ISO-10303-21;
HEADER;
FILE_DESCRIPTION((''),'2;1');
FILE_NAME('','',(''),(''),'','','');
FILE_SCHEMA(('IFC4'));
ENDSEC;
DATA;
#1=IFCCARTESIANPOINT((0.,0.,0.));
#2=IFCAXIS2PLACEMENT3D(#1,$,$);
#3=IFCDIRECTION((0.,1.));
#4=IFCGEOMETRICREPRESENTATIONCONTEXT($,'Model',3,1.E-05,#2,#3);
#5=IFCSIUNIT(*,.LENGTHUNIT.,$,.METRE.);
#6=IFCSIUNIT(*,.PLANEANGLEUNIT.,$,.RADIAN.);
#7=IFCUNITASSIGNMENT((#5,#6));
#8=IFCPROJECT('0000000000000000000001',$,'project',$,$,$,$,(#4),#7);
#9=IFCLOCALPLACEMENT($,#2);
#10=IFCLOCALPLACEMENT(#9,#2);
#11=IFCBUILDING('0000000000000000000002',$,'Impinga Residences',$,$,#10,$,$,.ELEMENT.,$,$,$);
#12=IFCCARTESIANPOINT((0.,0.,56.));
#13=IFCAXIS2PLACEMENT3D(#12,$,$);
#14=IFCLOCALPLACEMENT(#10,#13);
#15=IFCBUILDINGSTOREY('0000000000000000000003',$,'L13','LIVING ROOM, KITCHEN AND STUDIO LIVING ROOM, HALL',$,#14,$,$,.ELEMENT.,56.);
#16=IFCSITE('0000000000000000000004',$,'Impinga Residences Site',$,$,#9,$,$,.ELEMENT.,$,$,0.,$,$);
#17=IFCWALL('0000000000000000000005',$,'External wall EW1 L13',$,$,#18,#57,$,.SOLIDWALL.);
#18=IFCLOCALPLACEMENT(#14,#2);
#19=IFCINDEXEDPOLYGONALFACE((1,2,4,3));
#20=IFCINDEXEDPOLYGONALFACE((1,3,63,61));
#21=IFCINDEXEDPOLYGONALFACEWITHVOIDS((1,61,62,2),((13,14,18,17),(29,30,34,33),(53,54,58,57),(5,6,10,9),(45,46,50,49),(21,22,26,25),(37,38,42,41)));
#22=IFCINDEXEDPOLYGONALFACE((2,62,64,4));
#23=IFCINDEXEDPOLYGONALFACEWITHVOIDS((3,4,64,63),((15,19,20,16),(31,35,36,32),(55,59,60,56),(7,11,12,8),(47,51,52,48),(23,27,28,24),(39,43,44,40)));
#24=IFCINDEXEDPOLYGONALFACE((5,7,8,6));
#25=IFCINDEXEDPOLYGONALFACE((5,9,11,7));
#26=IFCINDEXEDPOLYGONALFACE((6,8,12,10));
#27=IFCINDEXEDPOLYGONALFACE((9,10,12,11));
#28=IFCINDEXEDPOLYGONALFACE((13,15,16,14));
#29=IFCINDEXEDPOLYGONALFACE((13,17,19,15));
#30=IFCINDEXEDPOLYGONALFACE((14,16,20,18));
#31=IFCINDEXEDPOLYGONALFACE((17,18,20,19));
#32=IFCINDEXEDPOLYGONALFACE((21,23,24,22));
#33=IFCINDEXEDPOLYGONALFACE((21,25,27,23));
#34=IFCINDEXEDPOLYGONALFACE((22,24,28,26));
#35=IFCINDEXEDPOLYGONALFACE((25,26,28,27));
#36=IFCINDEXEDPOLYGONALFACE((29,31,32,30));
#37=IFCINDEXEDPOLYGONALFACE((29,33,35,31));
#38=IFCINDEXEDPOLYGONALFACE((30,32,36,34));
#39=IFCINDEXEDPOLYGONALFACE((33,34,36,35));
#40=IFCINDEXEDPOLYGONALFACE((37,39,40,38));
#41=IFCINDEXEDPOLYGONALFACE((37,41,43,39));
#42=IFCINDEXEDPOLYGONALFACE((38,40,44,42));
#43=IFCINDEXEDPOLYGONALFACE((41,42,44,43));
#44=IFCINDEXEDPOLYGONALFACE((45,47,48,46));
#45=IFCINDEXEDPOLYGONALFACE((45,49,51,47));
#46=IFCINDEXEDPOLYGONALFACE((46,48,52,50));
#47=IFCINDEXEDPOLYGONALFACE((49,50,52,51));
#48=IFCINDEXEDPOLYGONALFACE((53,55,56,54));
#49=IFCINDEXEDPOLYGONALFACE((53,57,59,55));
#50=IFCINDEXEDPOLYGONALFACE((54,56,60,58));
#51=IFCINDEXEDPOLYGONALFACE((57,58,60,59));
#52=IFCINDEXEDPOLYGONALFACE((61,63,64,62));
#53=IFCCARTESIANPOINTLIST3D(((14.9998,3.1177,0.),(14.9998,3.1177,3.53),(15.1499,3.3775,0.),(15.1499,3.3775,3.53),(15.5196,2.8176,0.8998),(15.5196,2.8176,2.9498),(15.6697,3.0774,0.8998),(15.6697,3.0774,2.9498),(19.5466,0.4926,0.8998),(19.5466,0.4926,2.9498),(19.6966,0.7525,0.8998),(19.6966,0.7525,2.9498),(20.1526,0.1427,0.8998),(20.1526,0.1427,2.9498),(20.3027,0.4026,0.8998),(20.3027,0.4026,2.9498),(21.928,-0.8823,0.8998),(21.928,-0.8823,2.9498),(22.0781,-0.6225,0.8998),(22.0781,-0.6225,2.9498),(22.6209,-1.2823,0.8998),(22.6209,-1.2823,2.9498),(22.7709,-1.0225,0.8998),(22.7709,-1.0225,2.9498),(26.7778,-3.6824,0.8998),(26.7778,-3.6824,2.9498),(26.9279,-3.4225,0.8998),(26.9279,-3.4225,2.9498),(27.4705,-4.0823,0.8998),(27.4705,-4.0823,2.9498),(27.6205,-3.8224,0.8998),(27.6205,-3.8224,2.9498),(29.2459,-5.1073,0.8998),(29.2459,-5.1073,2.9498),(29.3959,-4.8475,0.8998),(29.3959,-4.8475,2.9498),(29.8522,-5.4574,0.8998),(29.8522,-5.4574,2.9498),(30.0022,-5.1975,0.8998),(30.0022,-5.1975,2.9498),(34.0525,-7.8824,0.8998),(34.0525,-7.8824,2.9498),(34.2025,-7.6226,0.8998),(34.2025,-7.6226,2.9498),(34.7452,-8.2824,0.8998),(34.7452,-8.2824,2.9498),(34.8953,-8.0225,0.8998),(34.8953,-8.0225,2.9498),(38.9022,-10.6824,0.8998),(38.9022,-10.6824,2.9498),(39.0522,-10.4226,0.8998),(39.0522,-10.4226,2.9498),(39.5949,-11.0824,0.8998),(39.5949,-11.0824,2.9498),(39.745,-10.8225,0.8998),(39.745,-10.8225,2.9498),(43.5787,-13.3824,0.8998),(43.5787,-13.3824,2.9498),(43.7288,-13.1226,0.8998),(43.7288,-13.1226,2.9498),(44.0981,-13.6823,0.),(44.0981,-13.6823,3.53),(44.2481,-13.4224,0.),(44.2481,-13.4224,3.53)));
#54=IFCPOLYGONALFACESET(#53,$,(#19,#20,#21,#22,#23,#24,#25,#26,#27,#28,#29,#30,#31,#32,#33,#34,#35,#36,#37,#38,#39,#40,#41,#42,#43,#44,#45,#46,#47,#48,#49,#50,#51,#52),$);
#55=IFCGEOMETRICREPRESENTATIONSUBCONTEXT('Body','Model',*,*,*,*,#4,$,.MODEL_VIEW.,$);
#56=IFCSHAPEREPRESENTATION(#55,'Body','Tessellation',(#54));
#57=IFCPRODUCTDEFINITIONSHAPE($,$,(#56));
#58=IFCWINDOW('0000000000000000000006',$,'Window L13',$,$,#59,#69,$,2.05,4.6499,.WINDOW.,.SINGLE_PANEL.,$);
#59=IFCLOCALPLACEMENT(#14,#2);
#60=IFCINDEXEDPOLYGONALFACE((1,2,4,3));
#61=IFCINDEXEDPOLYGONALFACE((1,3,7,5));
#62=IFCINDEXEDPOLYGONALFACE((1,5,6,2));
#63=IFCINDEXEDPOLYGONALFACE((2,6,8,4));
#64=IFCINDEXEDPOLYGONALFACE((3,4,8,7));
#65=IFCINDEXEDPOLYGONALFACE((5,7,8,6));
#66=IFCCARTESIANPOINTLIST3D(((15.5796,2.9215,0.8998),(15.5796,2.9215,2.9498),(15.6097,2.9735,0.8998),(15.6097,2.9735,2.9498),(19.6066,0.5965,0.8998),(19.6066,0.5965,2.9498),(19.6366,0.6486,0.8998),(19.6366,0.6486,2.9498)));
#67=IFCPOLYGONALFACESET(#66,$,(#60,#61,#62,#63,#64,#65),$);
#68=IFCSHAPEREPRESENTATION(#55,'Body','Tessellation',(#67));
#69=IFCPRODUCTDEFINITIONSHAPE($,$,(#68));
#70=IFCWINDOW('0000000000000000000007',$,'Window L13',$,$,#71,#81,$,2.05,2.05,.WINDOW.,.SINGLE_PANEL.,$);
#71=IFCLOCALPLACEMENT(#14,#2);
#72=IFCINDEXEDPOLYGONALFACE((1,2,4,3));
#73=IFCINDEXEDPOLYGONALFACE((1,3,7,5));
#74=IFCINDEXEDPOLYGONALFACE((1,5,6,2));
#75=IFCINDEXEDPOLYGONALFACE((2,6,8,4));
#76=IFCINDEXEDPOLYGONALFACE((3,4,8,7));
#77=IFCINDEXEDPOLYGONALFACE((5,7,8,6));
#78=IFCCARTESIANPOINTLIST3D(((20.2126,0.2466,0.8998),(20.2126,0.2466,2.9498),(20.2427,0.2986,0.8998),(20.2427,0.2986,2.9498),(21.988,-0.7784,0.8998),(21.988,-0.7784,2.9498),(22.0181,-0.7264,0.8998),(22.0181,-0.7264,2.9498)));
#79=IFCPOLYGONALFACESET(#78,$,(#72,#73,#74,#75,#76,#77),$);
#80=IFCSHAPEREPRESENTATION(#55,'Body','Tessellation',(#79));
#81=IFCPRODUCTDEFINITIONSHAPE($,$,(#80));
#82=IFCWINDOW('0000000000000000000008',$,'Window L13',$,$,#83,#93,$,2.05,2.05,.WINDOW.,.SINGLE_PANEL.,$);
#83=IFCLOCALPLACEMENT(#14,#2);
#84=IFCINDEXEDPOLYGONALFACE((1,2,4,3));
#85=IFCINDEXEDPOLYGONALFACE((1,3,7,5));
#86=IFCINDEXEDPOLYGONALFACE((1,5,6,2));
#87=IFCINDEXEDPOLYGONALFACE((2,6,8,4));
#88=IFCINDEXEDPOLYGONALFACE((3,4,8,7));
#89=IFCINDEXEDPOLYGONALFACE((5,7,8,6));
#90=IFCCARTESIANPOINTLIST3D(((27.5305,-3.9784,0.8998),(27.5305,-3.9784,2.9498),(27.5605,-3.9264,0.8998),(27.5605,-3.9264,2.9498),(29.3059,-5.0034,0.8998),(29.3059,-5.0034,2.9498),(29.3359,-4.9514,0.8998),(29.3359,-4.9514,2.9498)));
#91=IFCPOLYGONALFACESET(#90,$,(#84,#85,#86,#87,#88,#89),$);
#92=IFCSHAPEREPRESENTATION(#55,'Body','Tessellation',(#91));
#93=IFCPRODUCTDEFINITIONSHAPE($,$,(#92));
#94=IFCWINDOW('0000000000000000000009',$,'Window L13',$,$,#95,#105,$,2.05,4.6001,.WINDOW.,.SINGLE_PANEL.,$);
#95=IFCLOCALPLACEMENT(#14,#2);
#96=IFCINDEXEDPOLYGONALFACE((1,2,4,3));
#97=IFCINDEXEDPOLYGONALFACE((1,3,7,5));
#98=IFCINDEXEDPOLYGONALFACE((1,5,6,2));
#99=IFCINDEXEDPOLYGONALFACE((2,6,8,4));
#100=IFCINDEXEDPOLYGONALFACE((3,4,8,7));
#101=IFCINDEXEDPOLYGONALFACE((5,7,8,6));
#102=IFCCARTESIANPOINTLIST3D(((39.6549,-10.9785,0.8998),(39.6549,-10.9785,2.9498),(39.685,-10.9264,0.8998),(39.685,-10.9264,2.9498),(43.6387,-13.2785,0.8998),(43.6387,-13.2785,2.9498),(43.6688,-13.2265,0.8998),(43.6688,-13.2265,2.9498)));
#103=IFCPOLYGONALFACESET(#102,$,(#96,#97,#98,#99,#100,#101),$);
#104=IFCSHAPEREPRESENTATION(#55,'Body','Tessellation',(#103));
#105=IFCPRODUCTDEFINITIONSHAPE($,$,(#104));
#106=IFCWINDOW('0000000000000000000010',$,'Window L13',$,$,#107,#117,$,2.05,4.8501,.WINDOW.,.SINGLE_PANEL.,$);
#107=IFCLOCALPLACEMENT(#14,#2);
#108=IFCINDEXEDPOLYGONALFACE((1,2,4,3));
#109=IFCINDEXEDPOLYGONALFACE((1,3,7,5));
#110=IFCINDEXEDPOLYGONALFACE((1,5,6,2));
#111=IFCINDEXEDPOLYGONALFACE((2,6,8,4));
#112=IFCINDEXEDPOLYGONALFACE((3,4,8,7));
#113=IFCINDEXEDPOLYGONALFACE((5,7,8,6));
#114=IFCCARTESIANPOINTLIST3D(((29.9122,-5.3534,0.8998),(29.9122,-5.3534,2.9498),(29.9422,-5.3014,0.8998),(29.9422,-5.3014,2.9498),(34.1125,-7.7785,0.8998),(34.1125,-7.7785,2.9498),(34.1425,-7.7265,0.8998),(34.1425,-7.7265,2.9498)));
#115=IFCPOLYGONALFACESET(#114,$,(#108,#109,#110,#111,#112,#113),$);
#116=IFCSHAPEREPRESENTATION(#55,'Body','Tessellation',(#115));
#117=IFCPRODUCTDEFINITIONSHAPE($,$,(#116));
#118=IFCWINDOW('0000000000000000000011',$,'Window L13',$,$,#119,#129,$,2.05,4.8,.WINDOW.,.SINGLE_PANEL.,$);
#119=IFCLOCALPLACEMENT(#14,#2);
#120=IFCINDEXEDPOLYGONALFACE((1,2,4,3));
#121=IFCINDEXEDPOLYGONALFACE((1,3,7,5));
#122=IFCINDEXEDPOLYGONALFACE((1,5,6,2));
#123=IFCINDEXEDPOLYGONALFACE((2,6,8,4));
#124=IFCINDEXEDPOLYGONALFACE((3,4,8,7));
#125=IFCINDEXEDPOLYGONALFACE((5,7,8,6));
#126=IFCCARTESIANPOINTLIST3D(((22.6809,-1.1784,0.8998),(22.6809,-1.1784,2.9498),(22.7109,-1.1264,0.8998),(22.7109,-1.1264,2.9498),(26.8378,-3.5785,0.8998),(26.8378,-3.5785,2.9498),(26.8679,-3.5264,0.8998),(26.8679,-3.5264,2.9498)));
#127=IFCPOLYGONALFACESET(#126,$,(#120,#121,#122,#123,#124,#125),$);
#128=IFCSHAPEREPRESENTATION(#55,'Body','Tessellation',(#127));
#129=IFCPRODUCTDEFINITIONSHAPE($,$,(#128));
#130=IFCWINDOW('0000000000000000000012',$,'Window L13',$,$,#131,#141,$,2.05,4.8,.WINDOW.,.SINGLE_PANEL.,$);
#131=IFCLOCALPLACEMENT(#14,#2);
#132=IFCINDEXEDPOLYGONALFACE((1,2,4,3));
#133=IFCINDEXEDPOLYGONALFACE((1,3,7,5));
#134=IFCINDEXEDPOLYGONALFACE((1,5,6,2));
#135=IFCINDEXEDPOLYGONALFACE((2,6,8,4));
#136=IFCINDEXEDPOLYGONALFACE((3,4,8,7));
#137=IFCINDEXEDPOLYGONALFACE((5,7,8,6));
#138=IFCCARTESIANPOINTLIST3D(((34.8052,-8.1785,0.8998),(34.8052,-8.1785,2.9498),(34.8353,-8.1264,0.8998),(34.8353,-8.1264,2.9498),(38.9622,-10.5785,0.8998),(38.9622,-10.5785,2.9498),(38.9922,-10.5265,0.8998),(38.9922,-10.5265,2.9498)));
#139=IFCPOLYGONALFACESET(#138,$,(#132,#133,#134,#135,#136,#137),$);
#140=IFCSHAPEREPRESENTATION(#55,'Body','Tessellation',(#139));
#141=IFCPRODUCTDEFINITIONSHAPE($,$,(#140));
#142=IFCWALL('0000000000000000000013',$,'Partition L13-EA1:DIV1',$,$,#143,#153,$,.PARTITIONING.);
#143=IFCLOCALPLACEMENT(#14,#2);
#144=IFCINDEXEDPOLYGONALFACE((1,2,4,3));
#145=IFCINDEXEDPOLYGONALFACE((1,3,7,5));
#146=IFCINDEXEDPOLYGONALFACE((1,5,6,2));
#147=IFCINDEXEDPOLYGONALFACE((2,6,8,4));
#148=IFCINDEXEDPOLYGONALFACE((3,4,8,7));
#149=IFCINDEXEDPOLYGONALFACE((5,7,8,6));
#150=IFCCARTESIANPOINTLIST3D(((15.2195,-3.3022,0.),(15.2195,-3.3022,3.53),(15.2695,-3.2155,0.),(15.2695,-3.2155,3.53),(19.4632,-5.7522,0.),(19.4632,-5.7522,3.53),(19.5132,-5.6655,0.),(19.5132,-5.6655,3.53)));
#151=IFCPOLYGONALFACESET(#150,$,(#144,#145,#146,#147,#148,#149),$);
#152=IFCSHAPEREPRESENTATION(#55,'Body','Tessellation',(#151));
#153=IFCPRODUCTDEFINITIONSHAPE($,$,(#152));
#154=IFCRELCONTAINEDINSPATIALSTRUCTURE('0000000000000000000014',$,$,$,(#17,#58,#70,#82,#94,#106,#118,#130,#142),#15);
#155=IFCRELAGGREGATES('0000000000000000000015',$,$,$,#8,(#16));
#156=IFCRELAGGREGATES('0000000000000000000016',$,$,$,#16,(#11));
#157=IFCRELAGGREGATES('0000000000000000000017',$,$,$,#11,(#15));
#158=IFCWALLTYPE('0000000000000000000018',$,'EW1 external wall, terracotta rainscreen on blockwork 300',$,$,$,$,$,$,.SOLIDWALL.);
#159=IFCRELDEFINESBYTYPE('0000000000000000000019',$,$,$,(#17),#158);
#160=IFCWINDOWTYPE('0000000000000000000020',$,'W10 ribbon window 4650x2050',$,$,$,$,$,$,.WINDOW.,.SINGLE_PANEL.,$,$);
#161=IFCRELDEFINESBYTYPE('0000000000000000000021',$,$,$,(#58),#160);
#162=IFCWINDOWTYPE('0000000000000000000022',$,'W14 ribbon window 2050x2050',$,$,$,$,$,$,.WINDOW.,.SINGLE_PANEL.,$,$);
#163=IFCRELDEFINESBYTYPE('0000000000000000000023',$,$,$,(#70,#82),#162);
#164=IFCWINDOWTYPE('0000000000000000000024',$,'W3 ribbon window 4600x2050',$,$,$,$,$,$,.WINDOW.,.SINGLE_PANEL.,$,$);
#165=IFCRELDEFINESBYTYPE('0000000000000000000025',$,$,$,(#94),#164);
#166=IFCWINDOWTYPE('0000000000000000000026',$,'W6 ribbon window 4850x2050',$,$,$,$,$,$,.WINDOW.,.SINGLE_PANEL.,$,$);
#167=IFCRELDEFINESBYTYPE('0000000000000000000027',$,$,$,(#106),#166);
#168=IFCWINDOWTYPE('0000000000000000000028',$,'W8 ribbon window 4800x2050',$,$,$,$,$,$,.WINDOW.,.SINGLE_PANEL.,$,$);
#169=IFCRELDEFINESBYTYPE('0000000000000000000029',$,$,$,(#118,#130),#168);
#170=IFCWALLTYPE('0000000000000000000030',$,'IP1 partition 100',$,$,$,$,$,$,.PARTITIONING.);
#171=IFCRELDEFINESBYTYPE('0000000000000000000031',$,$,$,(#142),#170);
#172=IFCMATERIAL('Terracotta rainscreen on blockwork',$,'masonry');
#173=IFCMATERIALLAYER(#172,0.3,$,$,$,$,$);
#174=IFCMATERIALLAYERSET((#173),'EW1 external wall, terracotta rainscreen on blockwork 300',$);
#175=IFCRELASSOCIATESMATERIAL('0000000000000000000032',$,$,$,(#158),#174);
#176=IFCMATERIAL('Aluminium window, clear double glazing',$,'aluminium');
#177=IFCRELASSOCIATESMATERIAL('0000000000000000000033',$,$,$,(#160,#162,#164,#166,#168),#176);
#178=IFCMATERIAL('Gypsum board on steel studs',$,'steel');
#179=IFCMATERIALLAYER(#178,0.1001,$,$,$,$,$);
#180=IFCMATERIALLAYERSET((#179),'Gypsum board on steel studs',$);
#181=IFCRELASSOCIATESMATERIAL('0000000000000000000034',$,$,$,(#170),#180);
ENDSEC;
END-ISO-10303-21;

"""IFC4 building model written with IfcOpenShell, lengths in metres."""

from ifc_helpers import new_model, si_unit, direction, frame, frame_2d, origin, place, context, subcontext, project, spatial, rectangle, extrude, material, layer, layer_set, type_object, element, fill, save


model = new_model("IFC4")

# Units and contexts
model_context = context("Model", 3, precision=1e-05, world=origin(), true_north=direction((0.0, 1.0)))
body_context = subcontext(model_context, "Body", "Model", "MODEL_VIEW")
ifc_project = project(units=[si_unit("LENGTHUNIT", "METRE"), si_unit("PLANEANGLEUNIT", "RADIAN")], contexts=[model_context])

# Site, building, storey
site_placement = place(None, origin())
site = spatial("IfcSite", under=ifc_project, at=site_placement, Name="Impinga Residences Site", CompositionType="ELEMENT", RefElevation=0.0)
building_placement = place(site_placement, origin())
building = spatial("IfcBuilding", under=site, at=building_placement, Name="Impinga Residences", CompositionType="ELEMENT")
storey_placement = place(building_placement, frame((0.0, 0.0, 56.0)))
storey = spatial("IfcBuildingStorey", under=building, at=storey_placement, Name="L13", Description="LIVING ROOM, KITCHEN AND STUDIO LIVING ROOM, HALL", CompositionType="ELEMENT", Elevation=56.0)

# Shared definitions
ifc_material_1 = material(Name="Terracotta rainscreen on blockwork", Category="masonry")
ifc_layer_1 = layer(ifc_material_1, 0.3)
ifc_layer_set_1 = layer_set([ifc_layer_1], Name="EW1 external wall, terracotta rainscreen on blockwork 300")
wall_type_1 = type_object("IfcWallType", Name="EW1 external wall, terracotta rainscreen on blockwork 300", PredefinedType="SOLIDWALL", material=ifc_layer_set_1)

# Wall, openings, windows
wall_1_placement = place(storey_placement, frame((15.075, 3.2476, 0.0), z_axis=(0.0, 0.0, 1.0), x_axis=(0.866024, -0.500002, 0.0)))
wall_1 = element("IfcWall", 1, at=wall_1_placement, inside=storey, type_object=wall_type_1, Name="External wall EW1 L13", PredefinedType="SOLIDWALL", context=body_context, shape_type="SweptSolid", body=[
    extrude(rectangle(XDim=33.5999, YDim=0.3, at=frame_2d((16.7998, 0.0))), origin(), (0.0, 0.0, 1.0), 3.53),
])
opening_1_placement = place(wall_1_placement, frame((0.6001, 0.0, 0.8999)))
opening_1 = element("IfcOpeningElement", 2, at=opening_1_placement, cuts=wall_1, PredefinedType="OPENING", context=body_context, shape_type="SweptSolid", body=[
    extrude(rectangle(XDim=4.6499, YDim=2.05, at=frame_2d((2.325, 1.0249))), frame((0.0, 0.1599, 0.0), z_axis=(0.0, -1.0, 0.0), x_axis=(1.0, 0.0, 0.0)), (0.0, 0.0, 1.0), 0.3201),
])
opening_2_placement = place(wall_1_placement, frame((5.95, 0.0, 0.8999)))
opening_2 = element("IfcOpeningElement", 3, at=opening_2_placement, cuts=wall_1, PredefinedType="OPENING", context=body_context, shape_type="SweptSolid", body=[
    extrude(rectangle(XDim=2.05, YDim=2.05, at=frame_2d((1.0249, 1.0249))), frame((0.0, 0.1599, 0.0), z_axis=(0.0, -1.0, 0.0), x_axis=(1.0, 0.0, 0.0)), (0.0, 0.0, 1.0), 0.3201),
])
opening_3_placement = place(wall_1_placement, frame((8.8, 0.0, 0.8999)))
opening_3 = element("IfcOpeningElement", 4, at=opening_3_placement, cuts=wall_1, PredefinedType="OPENING", context=body_context, shape_type="SweptSolid", body=[
    extrude(rectangle(XDim=4.8, YDim=2.05, at=frame_2d((2.3999, 1.0249))), frame((0.0, 0.1599, 0.0), z_axis=(0.0, -1.0, 0.0), x_axis=(1.0, 0.0, 0.0)), (0.0, 0.0, 1.0), 0.3201),
])
opening_4_placement = place(wall_1_placement, frame((14.3999, 0.0, 0.8999)))
opening_4 = element("IfcOpeningElement", 5, at=opening_4_placement, cuts=wall_1, PredefinedType="OPENING", context=body_context, shape_type="SweptSolid", body=[
    extrude(rectangle(XDim=2.05, YDim=2.05, at=frame_2d((1.0249, 1.0249))), frame((0.0, 0.1599, 0.0), z_axis=(0.0, -1.0, 0.0), x_axis=(1.0, 0.0, 0.0)), (0.0, 0.0, 1.0), 0.3201),
])
opening_5_placement = place(wall_1_placement, frame((17.1499, 0.0, 0.8999)))
opening_5 = element("IfcOpeningElement", 6, at=opening_5_placement, cuts=wall_1, PredefinedType="OPENING", context=body_context, shape_type="SweptSolid", body=[
    extrude(rectangle(XDim=4.8501, YDim=2.05, at=frame_2d((2.425, 1.0249))), frame((0.0, 0.1599, 0.0), z_axis=(0.0, -1.0, 0.0), x_axis=(1.0, 0.0, 0.0)), (0.0, 0.0, 1.0), 0.3201),
])
opening_6_placement = place(wall_1_placement, frame((22.8, 0.0, 0.8999)))
opening_6 = element("IfcOpeningElement", 7, at=opening_6_placement, cuts=wall_1, PredefinedType="OPENING", context=body_context, shape_type="SweptSolid", body=[
    extrude(rectangle(XDim=4.8, YDim=2.05, at=frame_2d((2.3999, 1.0249))), frame((0.0, 0.1599, 0.0), z_axis=(0.0, -1.0, 0.0), x_axis=(1.0, 0.0, 0.0)), (0.0, 0.0, 1.0), 0.3201),
])
opening_7_placement = place(wall_1_placement, frame((28.3999, 0.0, 0.8999)))
opening_7 = element("IfcOpeningElement", 8, at=opening_7_placement, cuts=wall_1, PredefinedType="OPENING", context=body_context, shape_type="SweptSolid", body=[
    extrude(rectangle(XDim=4.6001, YDim=2.05, at=frame_2d((2.3, 1.0249))), frame((0.0, 0.1599, 0.0), z_axis=(0.0, -1.0, 0.0), x_axis=(1.0, 0.0, 0.0)), (0.0, 0.0, 1.0), 0.3201),
])
ifc_material_2 = material(Name="Aluminium window, clear double glazing", Category="aluminium")
window_type_1 = type_object("IfcWindowType", Name="W10 ribbon window 4650x2050", PartitioningType="SINGLE_PANEL", PredefinedType="WINDOW", material=ifc_material_2)
window_1_placement = place(opening_1_placement, origin())
window_1 = element("IfcWindow", 9, at=window_1_placement, inside=storey, type_object=window_type_1, Name="Window L13", OverallHeight=2.05, OverallWidth=4.6499, PartitioningType="SINGLE_PANEL", PredefinedType="WINDOW", context=body_context, shape_type="SweptSolid", body=[
    extrude(rectangle(XDim=4.6499, YDim=2.05, at=frame_2d((2.325, 1.0249))), frame((0.0, 0.03, 0.0), z_axis=(0.0, -1.0, 0.0), x_axis=(1.0, 0.0, 0.0)), (0.0, 0.0, 1.0), 0.0601),
])
fill(opening_1, window_1)
window_type_2 = type_object("IfcWindowType", Name="W14 ribbon window 2050x2050", PartitioningType="SINGLE_PANEL", PredefinedType="WINDOW", material=ifc_material_2)
window_2_placement = place(opening_2_placement, origin())
window_2 = element("IfcWindow", 10, at=window_2_placement, inside=storey, type_object=window_type_2, Name="Window L13", OverallHeight=2.05, OverallWidth=2.05, PartitioningType="SINGLE_PANEL", PredefinedType="WINDOW", context=body_context, shape_type="SweptSolid", body=[
    extrude(rectangle(XDim=2.05, YDim=2.05, at=frame_2d((1.0249, 1.0249))), frame((0.0, 0.03, 0.0), z_axis=(0.0, -1.0, 0.0), x_axis=(1.0, 0.0, 0.0)), (0.0, 0.0, 1.0), 0.0601),
])
fill(opening_2, window_2)
window_3_placement = place(opening_4_placement, origin())
window_3 = element("IfcWindow", 11, at=window_3_placement, inside=storey, type_object=window_type_2, Name="Window L13", OverallHeight=2.05, OverallWidth=2.05, PartitioningType="SINGLE_PANEL", PredefinedType="WINDOW", context=body_context, shape_type="SweptSolid", body=[
    extrude(rectangle(XDim=2.05, YDim=2.05, at=frame_2d((1.0249, 1.0249))), frame((0.0, 0.03, 0.0), z_axis=(0.0, -1.0, 0.0), x_axis=(1.0, 0.0, 0.0)), (0.0, 0.0, 1.0), 0.0601),
])
fill(opening_4, window_3)
window_type_3 = type_object("IfcWindowType", Name="W3 ribbon window 4600x2050", PartitioningType="SINGLE_PANEL", PredefinedType="WINDOW", material=ifc_material_2)
window_4_placement = place(opening_7_placement, origin())
window_4 = element("IfcWindow", 12, at=window_4_placement, inside=storey, type_object=window_type_3, Name="Window L13", OverallHeight=2.05, OverallWidth=4.6001, PartitioningType="SINGLE_PANEL", PredefinedType="WINDOW", context=body_context, shape_type="SweptSolid", body=[
    extrude(rectangle(XDim=4.6001, YDim=2.05, at=frame_2d((2.3, 1.0249))), frame((0.0, 0.03, 0.0), z_axis=(0.0, -1.0, 0.0), x_axis=(1.0, 0.0, 0.0)), (0.0, 0.0, 1.0), 0.0601),
])
fill(opening_7, window_4)
window_type_4 = type_object("IfcWindowType", Name="W6 ribbon window 4850x2050", PartitioningType="SINGLE_PANEL", PredefinedType="WINDOW", material=ifc_material_2)
window_5_placement = place(opening_5_placement, origin())
window_5 = element("IfcWindow", 13, at=window_5_placement, inside=storey, type_object=window_type_4, Name="Window L13", OverallHeight=2.05, OverallWidth=4.8501, PartitioningType="SINGLE_PANEL", PredefinedType="WINDOW", context=body_context, shape_type="SweptSolid", body=[
    extrude(rectangle(XDim=4.8501, YDim=2.05, at=frame_2d((2.425, 1.0249))), frame((0.0, 0.03, 0.0), z_axis=(0.0, -1.0, 0.0), x_axis=(1.0, 0.0, 0.0)), (0.0, 0.0, 1.0), 0.0601),
])
fill(opening_5, window_5)
window_type_5 = type_object("IfcWindowType", Name="W8 ribbon window 4800x2050", PartitioningType="SINGLE_PANEL", PredefinedType="WINDOW", material=ifc_material_2)
window_6_placement = place(opening_3_placement, origin())
window_6 = element("IfcWindow", 14, at=window_6_placement, inside=storey, type_object=window_type_5, Name="Window L13", OverallHeight=2.05, OverallWidth=4.8, PartitioningType="SINGLE_PANEL", PredefinedType="WINDOW", context=body_context, shape_type="SweptSolid", body=[
    extrude(rectangle(XDim=4.8, YDim=2.05, at=frame_2d((2.3999, 1.0249))), frame((0.0, 0.03, 0.0), z_axis=(0.0, -1.0, 0.0), x_axis=(1.0, 0.0, 0.0)), (0.0, 0.0, 1.0), 0.0601),
])
fill(opening_3, window_6)
window_7_placement = place(opening_6_placement, origin())
window_7 = element("IfcWindow", 15, at=window_7_placement, inside=storey, type_object=window_type_5, Name="Window L13", OverallHeight=2.05, OverallWidth=4.8, PartitioningType="SINGLE_PANEL", PredefinedType="WINDOW", context=body_context, shape_type="SweptSolid", body=[
    extrude(rectangle(XDim=4.8, YDim=2.05, at=frame_2d((2.3999, 1.0249))), frame((0.0, 0.03, 0.0), z_axis=(0.0, -1.0, 0.0), x_axis=(1.0, 0.0, 0.0)), (0.0, 0.0, 1.0), 0.0601),
])
fill(opening_6, window_7)

# Wall
ifc_material_3 = material(Name="Gypsum board on steel studs", Category="steel")
ifc_layer_2 = layer(ifc_material_3, 0.1001)
ifc_layer_set_2 = layer_set([ifc_layer_2], Name="Gypsum board on steel studs")
wall_type_2 = type_object("IfcWallType", Name="IP1 partition 100", PredefinedType="PARTITIONING", material=ifc_layer_set_2)
wall_2_placement = place(storey_placement, frame((15.2444, -3.2588, 0.0), z_axis=(0.0, 0.0, 1.0), x_axis=(0.866036, -0.499981, 0.0)))
element("IfcWall", 16, at=wall_2_placement, inside=storey, type_object=wall_type_2, Name="Partition L13-EA1:DIV1", PredefinedType="PARTITIONING", context=body_context, shape_type="SweptSolid", body=[
    extrude(rectangle(XDim=4.9001, YDim=0.1001, at=frame_2d((2.4502, 0.0))), origin(), (0.0, 0.0, 1.0), 3.53),
])

save(model, "model.ifc")
